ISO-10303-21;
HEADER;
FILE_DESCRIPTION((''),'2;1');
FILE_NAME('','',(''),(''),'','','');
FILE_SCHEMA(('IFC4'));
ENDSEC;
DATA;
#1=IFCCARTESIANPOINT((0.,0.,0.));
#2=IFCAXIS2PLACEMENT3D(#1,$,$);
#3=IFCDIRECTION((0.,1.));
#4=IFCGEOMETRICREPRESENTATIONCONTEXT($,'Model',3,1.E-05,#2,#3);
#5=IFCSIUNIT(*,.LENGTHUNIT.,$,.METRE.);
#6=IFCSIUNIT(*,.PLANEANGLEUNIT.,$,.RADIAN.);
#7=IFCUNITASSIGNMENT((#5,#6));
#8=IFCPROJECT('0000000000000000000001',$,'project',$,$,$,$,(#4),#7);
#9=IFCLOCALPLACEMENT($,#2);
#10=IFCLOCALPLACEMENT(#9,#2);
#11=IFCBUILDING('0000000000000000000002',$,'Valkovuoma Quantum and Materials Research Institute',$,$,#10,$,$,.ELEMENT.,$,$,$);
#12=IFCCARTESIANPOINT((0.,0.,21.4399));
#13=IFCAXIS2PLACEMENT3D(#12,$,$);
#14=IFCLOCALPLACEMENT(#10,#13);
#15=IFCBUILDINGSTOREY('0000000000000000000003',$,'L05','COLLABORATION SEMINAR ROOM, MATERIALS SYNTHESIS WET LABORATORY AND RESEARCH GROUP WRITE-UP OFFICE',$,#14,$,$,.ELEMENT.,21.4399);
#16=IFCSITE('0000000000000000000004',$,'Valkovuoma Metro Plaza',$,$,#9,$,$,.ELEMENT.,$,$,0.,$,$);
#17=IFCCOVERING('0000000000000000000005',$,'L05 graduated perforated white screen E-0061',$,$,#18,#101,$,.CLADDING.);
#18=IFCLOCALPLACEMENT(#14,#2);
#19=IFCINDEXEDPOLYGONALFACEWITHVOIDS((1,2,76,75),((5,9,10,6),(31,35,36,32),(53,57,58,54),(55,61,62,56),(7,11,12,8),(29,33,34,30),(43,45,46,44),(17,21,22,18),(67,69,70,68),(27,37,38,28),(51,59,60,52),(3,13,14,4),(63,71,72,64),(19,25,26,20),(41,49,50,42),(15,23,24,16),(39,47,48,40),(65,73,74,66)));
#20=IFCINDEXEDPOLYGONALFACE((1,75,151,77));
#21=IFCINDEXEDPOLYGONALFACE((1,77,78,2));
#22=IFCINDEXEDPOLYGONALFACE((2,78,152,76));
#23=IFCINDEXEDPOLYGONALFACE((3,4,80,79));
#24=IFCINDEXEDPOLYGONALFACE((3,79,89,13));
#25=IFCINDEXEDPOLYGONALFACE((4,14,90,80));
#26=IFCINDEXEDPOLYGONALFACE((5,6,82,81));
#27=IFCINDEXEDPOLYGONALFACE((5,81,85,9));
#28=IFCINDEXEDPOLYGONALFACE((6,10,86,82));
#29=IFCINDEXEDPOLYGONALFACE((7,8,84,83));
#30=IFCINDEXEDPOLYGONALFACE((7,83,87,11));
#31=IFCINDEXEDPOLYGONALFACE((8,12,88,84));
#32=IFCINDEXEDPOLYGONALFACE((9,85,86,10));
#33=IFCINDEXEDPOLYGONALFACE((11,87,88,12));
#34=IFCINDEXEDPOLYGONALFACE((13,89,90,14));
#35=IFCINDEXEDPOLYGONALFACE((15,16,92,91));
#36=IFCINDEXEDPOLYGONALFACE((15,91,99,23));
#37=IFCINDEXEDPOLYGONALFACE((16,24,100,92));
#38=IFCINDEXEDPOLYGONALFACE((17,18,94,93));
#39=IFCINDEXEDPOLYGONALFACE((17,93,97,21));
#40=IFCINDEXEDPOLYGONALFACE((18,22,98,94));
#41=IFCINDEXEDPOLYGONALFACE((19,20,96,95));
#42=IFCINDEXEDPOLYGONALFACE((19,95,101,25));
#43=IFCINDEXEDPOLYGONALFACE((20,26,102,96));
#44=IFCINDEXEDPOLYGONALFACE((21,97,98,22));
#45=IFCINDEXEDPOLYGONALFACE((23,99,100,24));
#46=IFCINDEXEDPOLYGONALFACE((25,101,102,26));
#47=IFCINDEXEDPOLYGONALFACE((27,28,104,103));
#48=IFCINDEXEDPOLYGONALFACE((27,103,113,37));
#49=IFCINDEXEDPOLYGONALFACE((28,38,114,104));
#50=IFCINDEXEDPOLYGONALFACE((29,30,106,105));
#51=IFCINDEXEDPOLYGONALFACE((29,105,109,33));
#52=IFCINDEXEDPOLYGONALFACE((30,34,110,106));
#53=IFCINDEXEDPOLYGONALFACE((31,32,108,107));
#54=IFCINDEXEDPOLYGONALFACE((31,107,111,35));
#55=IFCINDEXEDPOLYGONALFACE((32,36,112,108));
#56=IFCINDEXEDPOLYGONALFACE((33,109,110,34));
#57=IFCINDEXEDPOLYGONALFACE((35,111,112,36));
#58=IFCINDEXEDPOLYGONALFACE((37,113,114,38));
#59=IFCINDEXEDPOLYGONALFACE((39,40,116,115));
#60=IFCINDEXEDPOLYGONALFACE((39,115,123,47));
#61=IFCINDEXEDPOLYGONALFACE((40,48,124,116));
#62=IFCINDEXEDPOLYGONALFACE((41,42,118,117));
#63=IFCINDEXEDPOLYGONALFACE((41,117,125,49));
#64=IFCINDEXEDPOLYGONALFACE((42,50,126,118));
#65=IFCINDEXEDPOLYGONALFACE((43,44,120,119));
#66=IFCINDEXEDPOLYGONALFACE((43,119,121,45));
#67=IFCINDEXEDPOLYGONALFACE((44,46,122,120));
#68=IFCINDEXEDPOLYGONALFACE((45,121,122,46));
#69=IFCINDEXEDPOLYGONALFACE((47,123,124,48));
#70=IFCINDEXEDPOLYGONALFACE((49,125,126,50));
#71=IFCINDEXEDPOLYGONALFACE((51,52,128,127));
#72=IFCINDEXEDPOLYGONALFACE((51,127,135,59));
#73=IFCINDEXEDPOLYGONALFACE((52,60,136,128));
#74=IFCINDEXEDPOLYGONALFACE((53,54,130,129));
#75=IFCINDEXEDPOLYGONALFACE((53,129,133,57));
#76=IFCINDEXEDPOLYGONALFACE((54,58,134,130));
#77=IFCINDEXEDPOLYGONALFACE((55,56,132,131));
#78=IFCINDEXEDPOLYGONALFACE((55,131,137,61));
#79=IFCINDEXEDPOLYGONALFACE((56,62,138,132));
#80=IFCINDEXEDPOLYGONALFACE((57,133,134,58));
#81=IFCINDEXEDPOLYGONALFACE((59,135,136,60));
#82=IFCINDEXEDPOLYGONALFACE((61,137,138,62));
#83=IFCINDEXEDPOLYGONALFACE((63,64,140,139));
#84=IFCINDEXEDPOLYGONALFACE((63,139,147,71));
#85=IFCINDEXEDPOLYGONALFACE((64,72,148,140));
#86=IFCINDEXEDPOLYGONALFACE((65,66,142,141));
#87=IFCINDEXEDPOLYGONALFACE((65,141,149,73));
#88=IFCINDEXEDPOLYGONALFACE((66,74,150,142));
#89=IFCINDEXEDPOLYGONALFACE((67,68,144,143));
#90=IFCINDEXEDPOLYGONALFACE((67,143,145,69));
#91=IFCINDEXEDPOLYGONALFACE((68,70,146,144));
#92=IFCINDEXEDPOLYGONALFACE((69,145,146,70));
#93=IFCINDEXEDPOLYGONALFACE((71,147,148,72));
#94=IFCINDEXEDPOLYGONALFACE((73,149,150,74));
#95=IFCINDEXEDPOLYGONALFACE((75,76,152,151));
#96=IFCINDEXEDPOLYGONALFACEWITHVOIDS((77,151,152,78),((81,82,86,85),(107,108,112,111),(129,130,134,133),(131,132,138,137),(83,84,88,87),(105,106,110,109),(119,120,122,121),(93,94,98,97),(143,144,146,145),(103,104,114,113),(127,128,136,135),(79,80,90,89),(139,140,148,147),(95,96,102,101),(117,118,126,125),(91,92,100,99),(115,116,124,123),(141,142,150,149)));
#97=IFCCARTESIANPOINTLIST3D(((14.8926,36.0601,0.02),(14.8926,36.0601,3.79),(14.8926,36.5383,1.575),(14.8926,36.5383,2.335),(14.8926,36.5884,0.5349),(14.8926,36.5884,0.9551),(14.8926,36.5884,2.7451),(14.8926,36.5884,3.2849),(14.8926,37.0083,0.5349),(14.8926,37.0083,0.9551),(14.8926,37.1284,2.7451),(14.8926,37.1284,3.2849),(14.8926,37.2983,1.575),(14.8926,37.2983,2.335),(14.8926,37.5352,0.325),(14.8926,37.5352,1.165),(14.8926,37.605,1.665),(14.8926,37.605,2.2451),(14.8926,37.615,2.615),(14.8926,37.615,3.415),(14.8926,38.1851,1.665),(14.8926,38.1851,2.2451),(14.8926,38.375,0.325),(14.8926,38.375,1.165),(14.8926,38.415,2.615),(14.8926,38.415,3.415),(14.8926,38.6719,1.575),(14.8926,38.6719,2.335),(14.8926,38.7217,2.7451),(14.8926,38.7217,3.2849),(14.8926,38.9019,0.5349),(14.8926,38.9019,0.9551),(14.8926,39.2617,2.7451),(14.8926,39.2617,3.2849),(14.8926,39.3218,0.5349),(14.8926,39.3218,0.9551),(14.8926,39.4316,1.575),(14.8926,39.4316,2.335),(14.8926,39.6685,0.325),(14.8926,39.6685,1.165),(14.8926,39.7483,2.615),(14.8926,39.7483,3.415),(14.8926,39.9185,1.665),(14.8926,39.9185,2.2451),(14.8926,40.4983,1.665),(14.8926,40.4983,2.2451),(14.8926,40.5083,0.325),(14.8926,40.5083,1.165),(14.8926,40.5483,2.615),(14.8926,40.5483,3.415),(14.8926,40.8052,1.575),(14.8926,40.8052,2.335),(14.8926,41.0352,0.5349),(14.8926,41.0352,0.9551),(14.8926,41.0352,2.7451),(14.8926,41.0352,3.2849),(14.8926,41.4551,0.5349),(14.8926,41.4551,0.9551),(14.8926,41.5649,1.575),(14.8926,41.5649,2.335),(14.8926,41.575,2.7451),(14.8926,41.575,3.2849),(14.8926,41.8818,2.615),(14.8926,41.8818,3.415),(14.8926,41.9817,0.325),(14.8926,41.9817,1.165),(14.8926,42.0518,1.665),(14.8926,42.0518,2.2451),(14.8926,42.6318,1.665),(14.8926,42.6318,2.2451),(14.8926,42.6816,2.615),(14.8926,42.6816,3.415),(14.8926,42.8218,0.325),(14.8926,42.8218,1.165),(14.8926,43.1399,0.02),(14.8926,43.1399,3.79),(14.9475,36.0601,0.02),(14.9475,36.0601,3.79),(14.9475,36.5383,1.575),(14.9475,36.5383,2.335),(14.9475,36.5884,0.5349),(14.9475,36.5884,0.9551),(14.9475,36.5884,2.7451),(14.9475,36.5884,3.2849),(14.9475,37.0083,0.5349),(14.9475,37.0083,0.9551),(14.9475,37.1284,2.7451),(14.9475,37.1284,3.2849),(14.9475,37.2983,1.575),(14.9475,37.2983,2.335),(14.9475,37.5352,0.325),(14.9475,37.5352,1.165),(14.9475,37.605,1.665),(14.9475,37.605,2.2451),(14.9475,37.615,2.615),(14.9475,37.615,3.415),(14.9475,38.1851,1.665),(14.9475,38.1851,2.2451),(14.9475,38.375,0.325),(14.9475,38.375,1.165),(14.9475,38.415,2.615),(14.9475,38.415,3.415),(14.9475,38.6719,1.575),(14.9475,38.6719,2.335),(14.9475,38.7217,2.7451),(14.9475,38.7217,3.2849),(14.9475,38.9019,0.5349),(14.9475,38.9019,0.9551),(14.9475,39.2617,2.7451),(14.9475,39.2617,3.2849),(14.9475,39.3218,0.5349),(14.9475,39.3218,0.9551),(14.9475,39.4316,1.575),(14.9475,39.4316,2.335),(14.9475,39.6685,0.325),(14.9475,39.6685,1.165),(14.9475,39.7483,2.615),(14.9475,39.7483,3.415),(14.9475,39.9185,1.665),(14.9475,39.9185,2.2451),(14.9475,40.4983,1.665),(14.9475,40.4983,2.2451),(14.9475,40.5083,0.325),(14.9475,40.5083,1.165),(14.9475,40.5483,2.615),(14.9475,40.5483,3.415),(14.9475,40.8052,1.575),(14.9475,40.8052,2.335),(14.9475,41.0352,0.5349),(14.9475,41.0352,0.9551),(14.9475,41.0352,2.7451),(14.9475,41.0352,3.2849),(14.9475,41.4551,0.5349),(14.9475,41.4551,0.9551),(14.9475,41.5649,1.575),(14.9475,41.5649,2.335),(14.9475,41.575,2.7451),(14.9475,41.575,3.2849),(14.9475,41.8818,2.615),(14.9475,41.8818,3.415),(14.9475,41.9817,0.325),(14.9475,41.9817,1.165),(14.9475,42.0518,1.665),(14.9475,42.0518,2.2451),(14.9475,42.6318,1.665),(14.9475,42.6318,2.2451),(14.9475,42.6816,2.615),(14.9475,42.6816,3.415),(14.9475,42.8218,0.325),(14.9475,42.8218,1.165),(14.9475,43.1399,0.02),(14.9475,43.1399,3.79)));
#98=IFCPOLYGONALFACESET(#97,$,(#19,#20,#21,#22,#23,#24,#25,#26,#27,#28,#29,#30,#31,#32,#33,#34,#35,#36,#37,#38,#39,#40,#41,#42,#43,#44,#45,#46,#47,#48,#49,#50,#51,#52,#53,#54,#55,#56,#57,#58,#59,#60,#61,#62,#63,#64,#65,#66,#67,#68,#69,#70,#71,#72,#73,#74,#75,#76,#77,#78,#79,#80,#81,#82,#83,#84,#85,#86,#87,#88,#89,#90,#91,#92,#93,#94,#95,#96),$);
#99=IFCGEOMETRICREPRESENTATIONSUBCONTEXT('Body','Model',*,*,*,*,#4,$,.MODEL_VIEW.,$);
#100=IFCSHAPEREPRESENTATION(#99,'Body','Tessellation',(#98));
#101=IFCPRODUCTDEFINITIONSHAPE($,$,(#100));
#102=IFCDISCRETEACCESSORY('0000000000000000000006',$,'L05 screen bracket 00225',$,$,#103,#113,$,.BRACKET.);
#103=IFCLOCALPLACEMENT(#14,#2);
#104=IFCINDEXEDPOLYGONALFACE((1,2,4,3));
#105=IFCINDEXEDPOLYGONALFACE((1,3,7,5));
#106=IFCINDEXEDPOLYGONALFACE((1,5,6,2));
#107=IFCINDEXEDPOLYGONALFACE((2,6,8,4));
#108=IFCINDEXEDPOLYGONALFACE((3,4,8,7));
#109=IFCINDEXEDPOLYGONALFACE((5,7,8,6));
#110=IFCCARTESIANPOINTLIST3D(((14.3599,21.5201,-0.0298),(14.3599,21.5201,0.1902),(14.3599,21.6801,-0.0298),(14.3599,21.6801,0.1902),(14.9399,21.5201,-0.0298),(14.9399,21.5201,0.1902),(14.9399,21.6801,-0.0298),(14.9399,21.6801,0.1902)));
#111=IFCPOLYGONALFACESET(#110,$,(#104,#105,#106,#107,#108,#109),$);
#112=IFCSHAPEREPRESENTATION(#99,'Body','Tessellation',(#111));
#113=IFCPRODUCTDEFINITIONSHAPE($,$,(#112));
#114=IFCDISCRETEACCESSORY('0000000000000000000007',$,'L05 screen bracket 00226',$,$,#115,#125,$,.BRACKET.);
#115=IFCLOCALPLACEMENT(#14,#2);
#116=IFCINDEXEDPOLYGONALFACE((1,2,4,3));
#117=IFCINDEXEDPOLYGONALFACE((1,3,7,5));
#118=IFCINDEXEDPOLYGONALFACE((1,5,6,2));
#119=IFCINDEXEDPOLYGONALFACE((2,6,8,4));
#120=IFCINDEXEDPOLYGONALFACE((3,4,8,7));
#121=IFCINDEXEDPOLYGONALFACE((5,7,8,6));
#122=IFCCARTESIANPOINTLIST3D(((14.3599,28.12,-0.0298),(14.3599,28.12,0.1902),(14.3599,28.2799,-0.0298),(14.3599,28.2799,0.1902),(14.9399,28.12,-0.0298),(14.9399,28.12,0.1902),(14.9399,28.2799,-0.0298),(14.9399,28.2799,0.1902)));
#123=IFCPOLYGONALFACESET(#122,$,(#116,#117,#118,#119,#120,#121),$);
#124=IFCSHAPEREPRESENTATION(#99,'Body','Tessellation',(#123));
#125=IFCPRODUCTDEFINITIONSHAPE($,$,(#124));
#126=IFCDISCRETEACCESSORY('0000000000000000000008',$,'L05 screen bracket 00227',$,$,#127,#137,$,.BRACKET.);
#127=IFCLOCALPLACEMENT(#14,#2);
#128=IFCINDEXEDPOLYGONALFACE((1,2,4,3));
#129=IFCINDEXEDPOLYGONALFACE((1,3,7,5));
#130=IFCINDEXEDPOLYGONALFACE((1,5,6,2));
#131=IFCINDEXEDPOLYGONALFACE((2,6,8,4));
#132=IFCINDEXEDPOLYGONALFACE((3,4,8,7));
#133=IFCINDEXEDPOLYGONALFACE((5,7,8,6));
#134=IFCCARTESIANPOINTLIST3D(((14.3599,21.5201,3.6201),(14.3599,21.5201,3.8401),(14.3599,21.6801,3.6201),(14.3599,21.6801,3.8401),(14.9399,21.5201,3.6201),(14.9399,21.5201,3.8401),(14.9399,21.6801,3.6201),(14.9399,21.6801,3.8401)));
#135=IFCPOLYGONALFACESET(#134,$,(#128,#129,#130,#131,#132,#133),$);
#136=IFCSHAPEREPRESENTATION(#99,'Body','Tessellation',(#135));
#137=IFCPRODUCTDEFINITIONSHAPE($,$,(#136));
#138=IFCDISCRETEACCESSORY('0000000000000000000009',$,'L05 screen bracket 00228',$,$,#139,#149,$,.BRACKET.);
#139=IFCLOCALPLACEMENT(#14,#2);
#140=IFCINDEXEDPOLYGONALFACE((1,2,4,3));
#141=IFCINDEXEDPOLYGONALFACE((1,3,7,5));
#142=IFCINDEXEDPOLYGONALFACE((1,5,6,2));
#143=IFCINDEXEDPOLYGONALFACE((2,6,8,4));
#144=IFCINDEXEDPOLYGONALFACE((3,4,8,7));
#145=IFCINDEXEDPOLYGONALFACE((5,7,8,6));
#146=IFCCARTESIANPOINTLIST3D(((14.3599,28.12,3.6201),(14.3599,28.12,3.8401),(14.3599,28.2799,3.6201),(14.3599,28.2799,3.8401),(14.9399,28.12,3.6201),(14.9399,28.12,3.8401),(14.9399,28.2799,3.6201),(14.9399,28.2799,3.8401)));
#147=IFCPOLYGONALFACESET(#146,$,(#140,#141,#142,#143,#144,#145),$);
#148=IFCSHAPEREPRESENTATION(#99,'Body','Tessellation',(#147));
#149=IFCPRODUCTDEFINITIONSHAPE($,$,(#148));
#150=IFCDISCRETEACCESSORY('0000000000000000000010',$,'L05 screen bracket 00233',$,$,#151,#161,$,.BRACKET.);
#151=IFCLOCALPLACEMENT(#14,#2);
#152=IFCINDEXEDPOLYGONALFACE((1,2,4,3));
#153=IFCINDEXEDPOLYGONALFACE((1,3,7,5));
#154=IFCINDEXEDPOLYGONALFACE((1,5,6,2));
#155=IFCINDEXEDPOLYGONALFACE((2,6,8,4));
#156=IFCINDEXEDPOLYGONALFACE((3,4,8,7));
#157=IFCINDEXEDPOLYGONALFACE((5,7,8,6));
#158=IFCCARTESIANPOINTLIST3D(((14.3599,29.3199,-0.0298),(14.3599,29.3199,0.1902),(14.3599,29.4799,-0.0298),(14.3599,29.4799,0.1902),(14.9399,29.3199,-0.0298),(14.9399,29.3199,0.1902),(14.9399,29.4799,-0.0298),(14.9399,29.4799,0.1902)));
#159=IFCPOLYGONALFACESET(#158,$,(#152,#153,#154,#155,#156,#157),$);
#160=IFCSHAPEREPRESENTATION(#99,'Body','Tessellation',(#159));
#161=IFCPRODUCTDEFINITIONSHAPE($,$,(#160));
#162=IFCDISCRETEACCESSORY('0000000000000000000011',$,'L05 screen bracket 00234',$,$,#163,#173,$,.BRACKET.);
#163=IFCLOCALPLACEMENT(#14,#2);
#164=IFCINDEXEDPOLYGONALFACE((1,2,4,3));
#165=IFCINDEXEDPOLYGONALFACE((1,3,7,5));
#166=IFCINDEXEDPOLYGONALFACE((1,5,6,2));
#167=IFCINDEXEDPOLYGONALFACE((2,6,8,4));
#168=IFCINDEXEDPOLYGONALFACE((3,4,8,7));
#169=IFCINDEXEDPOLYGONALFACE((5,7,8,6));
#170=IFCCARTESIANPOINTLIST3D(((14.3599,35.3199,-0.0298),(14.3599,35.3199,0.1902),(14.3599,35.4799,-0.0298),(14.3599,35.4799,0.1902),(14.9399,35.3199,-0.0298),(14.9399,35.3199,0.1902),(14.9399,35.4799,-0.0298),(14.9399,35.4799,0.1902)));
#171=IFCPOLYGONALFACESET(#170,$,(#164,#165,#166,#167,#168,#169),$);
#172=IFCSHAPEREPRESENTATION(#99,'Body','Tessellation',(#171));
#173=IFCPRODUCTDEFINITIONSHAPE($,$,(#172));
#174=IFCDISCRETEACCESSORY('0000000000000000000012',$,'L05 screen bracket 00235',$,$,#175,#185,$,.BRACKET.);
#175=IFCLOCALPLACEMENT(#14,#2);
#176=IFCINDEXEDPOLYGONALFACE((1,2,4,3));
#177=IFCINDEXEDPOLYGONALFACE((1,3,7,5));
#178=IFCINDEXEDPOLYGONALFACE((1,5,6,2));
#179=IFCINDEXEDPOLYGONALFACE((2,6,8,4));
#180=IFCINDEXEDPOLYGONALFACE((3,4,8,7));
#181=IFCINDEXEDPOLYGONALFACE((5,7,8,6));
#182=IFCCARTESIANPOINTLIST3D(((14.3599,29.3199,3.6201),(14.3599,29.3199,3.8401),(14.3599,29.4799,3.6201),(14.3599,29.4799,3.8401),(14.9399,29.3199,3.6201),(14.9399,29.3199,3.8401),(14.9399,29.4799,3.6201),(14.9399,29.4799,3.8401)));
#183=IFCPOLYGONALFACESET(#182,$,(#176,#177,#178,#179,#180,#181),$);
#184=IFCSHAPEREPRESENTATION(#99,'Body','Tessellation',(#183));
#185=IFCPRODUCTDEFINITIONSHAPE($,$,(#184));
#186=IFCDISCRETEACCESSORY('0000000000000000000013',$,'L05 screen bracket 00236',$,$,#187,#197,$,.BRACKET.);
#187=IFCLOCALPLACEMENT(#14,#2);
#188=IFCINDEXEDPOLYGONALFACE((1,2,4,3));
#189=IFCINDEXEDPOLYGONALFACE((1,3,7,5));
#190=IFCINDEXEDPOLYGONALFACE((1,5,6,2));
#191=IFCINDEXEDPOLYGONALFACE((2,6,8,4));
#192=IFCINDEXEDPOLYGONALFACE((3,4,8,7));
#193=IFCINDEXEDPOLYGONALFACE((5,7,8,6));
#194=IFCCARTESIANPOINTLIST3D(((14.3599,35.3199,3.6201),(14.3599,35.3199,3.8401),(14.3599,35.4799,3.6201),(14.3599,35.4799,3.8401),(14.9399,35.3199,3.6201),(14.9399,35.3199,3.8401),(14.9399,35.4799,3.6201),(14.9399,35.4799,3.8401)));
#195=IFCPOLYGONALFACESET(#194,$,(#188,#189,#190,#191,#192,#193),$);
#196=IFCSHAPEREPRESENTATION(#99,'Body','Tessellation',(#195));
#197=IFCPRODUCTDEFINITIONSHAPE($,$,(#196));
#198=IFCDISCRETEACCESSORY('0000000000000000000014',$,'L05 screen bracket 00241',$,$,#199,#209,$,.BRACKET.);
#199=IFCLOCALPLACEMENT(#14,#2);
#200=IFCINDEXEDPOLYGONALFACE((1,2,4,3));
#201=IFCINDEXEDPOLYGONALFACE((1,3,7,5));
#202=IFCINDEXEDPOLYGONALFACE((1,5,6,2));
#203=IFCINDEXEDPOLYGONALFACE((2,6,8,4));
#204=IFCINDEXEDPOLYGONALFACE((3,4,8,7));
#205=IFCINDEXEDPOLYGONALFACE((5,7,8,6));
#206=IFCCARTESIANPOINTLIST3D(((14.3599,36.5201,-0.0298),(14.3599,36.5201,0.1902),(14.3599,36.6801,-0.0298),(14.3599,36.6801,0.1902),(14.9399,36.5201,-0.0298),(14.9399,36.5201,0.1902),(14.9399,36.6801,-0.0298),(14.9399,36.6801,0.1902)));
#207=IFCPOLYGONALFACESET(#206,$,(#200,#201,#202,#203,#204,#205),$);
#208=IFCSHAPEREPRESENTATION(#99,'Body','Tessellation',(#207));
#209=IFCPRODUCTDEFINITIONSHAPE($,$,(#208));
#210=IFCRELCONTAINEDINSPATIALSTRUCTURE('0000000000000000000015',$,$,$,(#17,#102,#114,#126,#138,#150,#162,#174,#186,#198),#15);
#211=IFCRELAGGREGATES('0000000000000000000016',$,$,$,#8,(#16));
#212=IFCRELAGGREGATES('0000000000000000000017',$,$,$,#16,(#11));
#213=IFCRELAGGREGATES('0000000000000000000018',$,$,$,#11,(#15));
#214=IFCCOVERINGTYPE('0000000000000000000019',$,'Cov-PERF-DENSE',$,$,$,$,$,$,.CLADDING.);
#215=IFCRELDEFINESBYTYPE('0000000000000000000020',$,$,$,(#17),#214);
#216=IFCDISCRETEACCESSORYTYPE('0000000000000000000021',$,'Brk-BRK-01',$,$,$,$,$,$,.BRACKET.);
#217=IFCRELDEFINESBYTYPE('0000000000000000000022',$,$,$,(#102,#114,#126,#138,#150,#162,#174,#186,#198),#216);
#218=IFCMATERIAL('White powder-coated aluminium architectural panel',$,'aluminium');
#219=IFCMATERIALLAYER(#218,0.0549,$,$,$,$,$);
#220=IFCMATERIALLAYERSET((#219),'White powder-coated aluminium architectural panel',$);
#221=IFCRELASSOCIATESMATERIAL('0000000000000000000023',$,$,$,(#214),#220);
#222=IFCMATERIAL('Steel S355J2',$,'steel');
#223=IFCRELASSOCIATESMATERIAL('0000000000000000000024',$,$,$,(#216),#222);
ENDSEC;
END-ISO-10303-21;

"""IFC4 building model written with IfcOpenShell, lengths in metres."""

from ifc_helpers import new_model, si_unit, direction, frame, origin, origin_2d, place, context, subcontext, project, spatial, polyline, rectangle, outline, extrude, material, layer, layer_set, type_object, element, save


model = new_model("IFC4")

# Units and contexts
model_context = context("Model", 3, precision=1e-05, world=origin(), true_north=direction((0.0, 1.0)))
body_context = subcontext(model_context, "Body", "Model", "MODEL_VIEW")
ifc_project = project(units=[si_unit("LENGTHUNIT", "METRE"), si_unit("PLANEANGLEUNIT", "RADIAN")], contexts=[model_context])

# Site, building, storey
site_placement = place(None, origin())
site = spatial("IfcSite", under=ifc_project, at=site_placement, Name="Valkovuoma Metro Plaza", CompositionType="ELEMENT", RefElevation=0.0)
building_placement = place(site_placement, origin())
building = spatial("IfcBuilding", under=site, at=building_placement, Name="Valkovuoma Quantum and Materials Research Institute", CompositionType="ELEMENT")
storey_placement = place(building_placement, frame((0.0, 0.0, 21.4399)))
storey = spatial("IfcBuildingStorey", under=building, at=storey_placement, Name="L05", Description="COLLABORATION SEMINAR ROOM, MATERIALS SYNTHESIS WET LABORATORY AND RESEARCH GROUP WRITE-UP OFFICE", CompositionType="ELEMENT", Elevation=21.4399)

# Covering
ifc_material_1 = material(Name="White powder-coated aluminium architectural panel", Category="aluminium")
ifc_layer = layer(ifc_material_1, 0.0549)
ifc_layer_set = layer_set([ifc_layer], Name="White powder-coated aluminium architectural panel")
covering_type = type_object("IfcCoveringType", Name="Cov-PERF-DENSE", PredefinedType="CLADDING", material=ifc_layer_set)
covering_1_placement = place(storey_placement, frame((14.9199, 36.0601, 0.02), z_axis=(0.0, 0.0, 1.0), x_axis=(0.0, 1.0, 0.0)))
element("IfcCovering", 1, at=covering_1_placement, inside=storey, type_object=covering_type, Name="L05 graduated perforated white screen E-0061", PredefinedType="CLADDING", context=body_context, shape_type="SweptSolid", body=[
    extrude(outline(polyline([(0.0, 0.0), (7.0798, 0.0), (7.0798, 3.77), (0.0, 3.77), (0.0, 0.0)]), holes=[polyline([(0.5283, 0.5149), (0.5283, 0.9351), (0.9482, 0.9351), (0.9482, 0.5149), (0.5283, 0.5149)]), polyline([(0.4783, 1.5549), (0.4783, 2.3149), (1.2383, 2.3149), (1.2383, 1.5549), (0.4783, 1.5549)]), polyline([(0.5283, 2.7251), (0.5283, 3.2649), (1.0684, 3.2649), (1.0684, 2.7251), (0.5283, 2.7251)]), polyline([(1.4751, 0.3049), (1.4751, 1.145), (2.3149, 1.145), (2.3149, 0.3049), (1.4751, 0.3049)]), polyline([(1.5449, 1.645), (1.5449, 2.2251), (2.125, 2.2251), (2.125, 1.645), (1.5449, 1.645)]), polyline([(1.5549, 2.595), (1.5549, 3.395), (2.355, 3.395), (2.355, 2.595), (1.5549, 2.595)]), polyline([(2.8418, 0.5149), (2.8418, 0.9351), (3.2617, 0.9351), (3.2617, 0.5149), (2.8418, 0.5149)]), polyline([(2.6118, 1.5549), (2.6118, 2.3149), (3.3716, 2.3149), (3.3716, 1.5549), (2.6118, 1.5549)]), polyline([(2.6616, 2.7251), (2.6616, 3.2649), (3.2017, 3.2649), (3.2017, 2.7251), (2.6616, 2.7251)]), polyline([(3.6084, 0.3049), (3.6084, 1.145), (4.4482, 1.145), (4.4482, 0.3049), (3.6084, 0.3049)]), polyline([(3.8584, 1.645), (3.8584, 2.2251), (4.4382, 2.2251), (4.4382, 1.645), (3.8584, 1.645)]), polyline([(3.6882, 2.595), (3.6882, 3.395), (4.4883, 3.395), (4.4883, 2.595), (3.6882, 2.595)]), polyline([(4.9751, 0.5149), (4.9751, 0.9351), (5.395, 0.9351), (5.395, 0.5149), (4.9751, 0.5149)]), polyline([(4.7451, 1.5549), (4.7451, 2.3149), (5.5049, 2.3149), (5.5049, 1.5549), (4.7451, 1.5549)]), polyline([(4.9751, 2.7251), (4.9751, 3.2649), (5.5149, 3.2649), (5.5149, 2.7251), (4.9751, 2.7251)]), polyline([(5.9216, 0.3049), (5.9216, 1.145), (6.7617, 1.145), (6.7617, 0.3049), (5.9216, 0.3049)]), polyline([(5.9917, 1.645), (5.9917, 2.2251), (6.5718, 2.2251), (6.5718, 1.645), (5.9917, 1.645)]), polyline([(5.8218, 2.595), (5.8218, 3.395), (6.6216, 3.395), (6.6216, 2.595), (5.8218, 2.595)])]), frame((0.0, 0.0273, 0.0), z_axis=(0.0, -1.0, 0.0), x_axis=(1.0, 0.0, 0.0)), (0.0, 0.0, 1.0), 0.0549),
])

# Discrete accessories
ifc_material_2 = material(Name="Steel S355J2", Category="steel")
discrete_accessory_type_1 = type_object("IfcDiscreteAccessoryType", Name="Brk-BRK-01", PredefinedType="BRACKET", material=ifc_material_2)
for number, where, z_axis, x_axis, name in (
    (2, (14.6499, 21.6001, -0.0298), (0.0, 0.0, 1.0), (1.0, 0.0, 0.0), "L05 screen bracket 00225"),
    (3, (14.6499, 28.2, -0.0298), (0.0, 0.0, 1.0), (1.0, 0.0, 0.0), "L05 screen bracket 00226"),
    (4, (14.6499, 21.6001, 3.6201), (0.0, 0.0, 1.0), (1.0, 0.0, 0.0), "L05 screen bracket 00227"),
    (5, (14.6499, 28.2, 3.6201), (0.0, 0.0, 1.0), (1.0, 0.0, 0.0), "L05 screen bracket 00228"),
    (6, (14.6499, 29.3999, -0.0298), (0.0, 0.0, 1.0), (1.0, 0.0, 0.0), "L05 screen bracket 00233"),
    (7, (14.6499, 35.3999, -0.0298), (0.0, 0.0, 1.0), (1.0, 0.0, 0.0), "L05 screen bracket 00234"),
    (8, (14.6499, 29.3999, 3.6201), (0.0, 0.0, 1.0), (1.0, 0.0, 0.0), "L05 screen bracket 00235"),
    (9, (14.6499, 35.3999, 3.6201), (0.0, 0.0, 1.0), (1.0, 0.0, 0.0), "L05 screen bracket 00236"),
    (10, (14.6499, 36.6001, -0.0298), (0.0, 0.0, 1.0), (1.0, 0.0, 0.0), "L05 screen bracket 00241"),
):
    element("IfcDiscreteAccessory", number, at=place(storey_placement, frame(where, z_axis=z_axis, x_axis=x_axis)), inside=storey, type_object=discrete_accessory_type_1, Name=name, PredefinedType="BRACKET", context=body_context, shape_type="SweptSolid", body=[
        extrude(rectangle(XDim=0.5801, YDim=0.1599, at=origin_2d()), origin(), (0.0, 0.0, 1.0), 0.22),
    ])

save(model, "model.ifc")
